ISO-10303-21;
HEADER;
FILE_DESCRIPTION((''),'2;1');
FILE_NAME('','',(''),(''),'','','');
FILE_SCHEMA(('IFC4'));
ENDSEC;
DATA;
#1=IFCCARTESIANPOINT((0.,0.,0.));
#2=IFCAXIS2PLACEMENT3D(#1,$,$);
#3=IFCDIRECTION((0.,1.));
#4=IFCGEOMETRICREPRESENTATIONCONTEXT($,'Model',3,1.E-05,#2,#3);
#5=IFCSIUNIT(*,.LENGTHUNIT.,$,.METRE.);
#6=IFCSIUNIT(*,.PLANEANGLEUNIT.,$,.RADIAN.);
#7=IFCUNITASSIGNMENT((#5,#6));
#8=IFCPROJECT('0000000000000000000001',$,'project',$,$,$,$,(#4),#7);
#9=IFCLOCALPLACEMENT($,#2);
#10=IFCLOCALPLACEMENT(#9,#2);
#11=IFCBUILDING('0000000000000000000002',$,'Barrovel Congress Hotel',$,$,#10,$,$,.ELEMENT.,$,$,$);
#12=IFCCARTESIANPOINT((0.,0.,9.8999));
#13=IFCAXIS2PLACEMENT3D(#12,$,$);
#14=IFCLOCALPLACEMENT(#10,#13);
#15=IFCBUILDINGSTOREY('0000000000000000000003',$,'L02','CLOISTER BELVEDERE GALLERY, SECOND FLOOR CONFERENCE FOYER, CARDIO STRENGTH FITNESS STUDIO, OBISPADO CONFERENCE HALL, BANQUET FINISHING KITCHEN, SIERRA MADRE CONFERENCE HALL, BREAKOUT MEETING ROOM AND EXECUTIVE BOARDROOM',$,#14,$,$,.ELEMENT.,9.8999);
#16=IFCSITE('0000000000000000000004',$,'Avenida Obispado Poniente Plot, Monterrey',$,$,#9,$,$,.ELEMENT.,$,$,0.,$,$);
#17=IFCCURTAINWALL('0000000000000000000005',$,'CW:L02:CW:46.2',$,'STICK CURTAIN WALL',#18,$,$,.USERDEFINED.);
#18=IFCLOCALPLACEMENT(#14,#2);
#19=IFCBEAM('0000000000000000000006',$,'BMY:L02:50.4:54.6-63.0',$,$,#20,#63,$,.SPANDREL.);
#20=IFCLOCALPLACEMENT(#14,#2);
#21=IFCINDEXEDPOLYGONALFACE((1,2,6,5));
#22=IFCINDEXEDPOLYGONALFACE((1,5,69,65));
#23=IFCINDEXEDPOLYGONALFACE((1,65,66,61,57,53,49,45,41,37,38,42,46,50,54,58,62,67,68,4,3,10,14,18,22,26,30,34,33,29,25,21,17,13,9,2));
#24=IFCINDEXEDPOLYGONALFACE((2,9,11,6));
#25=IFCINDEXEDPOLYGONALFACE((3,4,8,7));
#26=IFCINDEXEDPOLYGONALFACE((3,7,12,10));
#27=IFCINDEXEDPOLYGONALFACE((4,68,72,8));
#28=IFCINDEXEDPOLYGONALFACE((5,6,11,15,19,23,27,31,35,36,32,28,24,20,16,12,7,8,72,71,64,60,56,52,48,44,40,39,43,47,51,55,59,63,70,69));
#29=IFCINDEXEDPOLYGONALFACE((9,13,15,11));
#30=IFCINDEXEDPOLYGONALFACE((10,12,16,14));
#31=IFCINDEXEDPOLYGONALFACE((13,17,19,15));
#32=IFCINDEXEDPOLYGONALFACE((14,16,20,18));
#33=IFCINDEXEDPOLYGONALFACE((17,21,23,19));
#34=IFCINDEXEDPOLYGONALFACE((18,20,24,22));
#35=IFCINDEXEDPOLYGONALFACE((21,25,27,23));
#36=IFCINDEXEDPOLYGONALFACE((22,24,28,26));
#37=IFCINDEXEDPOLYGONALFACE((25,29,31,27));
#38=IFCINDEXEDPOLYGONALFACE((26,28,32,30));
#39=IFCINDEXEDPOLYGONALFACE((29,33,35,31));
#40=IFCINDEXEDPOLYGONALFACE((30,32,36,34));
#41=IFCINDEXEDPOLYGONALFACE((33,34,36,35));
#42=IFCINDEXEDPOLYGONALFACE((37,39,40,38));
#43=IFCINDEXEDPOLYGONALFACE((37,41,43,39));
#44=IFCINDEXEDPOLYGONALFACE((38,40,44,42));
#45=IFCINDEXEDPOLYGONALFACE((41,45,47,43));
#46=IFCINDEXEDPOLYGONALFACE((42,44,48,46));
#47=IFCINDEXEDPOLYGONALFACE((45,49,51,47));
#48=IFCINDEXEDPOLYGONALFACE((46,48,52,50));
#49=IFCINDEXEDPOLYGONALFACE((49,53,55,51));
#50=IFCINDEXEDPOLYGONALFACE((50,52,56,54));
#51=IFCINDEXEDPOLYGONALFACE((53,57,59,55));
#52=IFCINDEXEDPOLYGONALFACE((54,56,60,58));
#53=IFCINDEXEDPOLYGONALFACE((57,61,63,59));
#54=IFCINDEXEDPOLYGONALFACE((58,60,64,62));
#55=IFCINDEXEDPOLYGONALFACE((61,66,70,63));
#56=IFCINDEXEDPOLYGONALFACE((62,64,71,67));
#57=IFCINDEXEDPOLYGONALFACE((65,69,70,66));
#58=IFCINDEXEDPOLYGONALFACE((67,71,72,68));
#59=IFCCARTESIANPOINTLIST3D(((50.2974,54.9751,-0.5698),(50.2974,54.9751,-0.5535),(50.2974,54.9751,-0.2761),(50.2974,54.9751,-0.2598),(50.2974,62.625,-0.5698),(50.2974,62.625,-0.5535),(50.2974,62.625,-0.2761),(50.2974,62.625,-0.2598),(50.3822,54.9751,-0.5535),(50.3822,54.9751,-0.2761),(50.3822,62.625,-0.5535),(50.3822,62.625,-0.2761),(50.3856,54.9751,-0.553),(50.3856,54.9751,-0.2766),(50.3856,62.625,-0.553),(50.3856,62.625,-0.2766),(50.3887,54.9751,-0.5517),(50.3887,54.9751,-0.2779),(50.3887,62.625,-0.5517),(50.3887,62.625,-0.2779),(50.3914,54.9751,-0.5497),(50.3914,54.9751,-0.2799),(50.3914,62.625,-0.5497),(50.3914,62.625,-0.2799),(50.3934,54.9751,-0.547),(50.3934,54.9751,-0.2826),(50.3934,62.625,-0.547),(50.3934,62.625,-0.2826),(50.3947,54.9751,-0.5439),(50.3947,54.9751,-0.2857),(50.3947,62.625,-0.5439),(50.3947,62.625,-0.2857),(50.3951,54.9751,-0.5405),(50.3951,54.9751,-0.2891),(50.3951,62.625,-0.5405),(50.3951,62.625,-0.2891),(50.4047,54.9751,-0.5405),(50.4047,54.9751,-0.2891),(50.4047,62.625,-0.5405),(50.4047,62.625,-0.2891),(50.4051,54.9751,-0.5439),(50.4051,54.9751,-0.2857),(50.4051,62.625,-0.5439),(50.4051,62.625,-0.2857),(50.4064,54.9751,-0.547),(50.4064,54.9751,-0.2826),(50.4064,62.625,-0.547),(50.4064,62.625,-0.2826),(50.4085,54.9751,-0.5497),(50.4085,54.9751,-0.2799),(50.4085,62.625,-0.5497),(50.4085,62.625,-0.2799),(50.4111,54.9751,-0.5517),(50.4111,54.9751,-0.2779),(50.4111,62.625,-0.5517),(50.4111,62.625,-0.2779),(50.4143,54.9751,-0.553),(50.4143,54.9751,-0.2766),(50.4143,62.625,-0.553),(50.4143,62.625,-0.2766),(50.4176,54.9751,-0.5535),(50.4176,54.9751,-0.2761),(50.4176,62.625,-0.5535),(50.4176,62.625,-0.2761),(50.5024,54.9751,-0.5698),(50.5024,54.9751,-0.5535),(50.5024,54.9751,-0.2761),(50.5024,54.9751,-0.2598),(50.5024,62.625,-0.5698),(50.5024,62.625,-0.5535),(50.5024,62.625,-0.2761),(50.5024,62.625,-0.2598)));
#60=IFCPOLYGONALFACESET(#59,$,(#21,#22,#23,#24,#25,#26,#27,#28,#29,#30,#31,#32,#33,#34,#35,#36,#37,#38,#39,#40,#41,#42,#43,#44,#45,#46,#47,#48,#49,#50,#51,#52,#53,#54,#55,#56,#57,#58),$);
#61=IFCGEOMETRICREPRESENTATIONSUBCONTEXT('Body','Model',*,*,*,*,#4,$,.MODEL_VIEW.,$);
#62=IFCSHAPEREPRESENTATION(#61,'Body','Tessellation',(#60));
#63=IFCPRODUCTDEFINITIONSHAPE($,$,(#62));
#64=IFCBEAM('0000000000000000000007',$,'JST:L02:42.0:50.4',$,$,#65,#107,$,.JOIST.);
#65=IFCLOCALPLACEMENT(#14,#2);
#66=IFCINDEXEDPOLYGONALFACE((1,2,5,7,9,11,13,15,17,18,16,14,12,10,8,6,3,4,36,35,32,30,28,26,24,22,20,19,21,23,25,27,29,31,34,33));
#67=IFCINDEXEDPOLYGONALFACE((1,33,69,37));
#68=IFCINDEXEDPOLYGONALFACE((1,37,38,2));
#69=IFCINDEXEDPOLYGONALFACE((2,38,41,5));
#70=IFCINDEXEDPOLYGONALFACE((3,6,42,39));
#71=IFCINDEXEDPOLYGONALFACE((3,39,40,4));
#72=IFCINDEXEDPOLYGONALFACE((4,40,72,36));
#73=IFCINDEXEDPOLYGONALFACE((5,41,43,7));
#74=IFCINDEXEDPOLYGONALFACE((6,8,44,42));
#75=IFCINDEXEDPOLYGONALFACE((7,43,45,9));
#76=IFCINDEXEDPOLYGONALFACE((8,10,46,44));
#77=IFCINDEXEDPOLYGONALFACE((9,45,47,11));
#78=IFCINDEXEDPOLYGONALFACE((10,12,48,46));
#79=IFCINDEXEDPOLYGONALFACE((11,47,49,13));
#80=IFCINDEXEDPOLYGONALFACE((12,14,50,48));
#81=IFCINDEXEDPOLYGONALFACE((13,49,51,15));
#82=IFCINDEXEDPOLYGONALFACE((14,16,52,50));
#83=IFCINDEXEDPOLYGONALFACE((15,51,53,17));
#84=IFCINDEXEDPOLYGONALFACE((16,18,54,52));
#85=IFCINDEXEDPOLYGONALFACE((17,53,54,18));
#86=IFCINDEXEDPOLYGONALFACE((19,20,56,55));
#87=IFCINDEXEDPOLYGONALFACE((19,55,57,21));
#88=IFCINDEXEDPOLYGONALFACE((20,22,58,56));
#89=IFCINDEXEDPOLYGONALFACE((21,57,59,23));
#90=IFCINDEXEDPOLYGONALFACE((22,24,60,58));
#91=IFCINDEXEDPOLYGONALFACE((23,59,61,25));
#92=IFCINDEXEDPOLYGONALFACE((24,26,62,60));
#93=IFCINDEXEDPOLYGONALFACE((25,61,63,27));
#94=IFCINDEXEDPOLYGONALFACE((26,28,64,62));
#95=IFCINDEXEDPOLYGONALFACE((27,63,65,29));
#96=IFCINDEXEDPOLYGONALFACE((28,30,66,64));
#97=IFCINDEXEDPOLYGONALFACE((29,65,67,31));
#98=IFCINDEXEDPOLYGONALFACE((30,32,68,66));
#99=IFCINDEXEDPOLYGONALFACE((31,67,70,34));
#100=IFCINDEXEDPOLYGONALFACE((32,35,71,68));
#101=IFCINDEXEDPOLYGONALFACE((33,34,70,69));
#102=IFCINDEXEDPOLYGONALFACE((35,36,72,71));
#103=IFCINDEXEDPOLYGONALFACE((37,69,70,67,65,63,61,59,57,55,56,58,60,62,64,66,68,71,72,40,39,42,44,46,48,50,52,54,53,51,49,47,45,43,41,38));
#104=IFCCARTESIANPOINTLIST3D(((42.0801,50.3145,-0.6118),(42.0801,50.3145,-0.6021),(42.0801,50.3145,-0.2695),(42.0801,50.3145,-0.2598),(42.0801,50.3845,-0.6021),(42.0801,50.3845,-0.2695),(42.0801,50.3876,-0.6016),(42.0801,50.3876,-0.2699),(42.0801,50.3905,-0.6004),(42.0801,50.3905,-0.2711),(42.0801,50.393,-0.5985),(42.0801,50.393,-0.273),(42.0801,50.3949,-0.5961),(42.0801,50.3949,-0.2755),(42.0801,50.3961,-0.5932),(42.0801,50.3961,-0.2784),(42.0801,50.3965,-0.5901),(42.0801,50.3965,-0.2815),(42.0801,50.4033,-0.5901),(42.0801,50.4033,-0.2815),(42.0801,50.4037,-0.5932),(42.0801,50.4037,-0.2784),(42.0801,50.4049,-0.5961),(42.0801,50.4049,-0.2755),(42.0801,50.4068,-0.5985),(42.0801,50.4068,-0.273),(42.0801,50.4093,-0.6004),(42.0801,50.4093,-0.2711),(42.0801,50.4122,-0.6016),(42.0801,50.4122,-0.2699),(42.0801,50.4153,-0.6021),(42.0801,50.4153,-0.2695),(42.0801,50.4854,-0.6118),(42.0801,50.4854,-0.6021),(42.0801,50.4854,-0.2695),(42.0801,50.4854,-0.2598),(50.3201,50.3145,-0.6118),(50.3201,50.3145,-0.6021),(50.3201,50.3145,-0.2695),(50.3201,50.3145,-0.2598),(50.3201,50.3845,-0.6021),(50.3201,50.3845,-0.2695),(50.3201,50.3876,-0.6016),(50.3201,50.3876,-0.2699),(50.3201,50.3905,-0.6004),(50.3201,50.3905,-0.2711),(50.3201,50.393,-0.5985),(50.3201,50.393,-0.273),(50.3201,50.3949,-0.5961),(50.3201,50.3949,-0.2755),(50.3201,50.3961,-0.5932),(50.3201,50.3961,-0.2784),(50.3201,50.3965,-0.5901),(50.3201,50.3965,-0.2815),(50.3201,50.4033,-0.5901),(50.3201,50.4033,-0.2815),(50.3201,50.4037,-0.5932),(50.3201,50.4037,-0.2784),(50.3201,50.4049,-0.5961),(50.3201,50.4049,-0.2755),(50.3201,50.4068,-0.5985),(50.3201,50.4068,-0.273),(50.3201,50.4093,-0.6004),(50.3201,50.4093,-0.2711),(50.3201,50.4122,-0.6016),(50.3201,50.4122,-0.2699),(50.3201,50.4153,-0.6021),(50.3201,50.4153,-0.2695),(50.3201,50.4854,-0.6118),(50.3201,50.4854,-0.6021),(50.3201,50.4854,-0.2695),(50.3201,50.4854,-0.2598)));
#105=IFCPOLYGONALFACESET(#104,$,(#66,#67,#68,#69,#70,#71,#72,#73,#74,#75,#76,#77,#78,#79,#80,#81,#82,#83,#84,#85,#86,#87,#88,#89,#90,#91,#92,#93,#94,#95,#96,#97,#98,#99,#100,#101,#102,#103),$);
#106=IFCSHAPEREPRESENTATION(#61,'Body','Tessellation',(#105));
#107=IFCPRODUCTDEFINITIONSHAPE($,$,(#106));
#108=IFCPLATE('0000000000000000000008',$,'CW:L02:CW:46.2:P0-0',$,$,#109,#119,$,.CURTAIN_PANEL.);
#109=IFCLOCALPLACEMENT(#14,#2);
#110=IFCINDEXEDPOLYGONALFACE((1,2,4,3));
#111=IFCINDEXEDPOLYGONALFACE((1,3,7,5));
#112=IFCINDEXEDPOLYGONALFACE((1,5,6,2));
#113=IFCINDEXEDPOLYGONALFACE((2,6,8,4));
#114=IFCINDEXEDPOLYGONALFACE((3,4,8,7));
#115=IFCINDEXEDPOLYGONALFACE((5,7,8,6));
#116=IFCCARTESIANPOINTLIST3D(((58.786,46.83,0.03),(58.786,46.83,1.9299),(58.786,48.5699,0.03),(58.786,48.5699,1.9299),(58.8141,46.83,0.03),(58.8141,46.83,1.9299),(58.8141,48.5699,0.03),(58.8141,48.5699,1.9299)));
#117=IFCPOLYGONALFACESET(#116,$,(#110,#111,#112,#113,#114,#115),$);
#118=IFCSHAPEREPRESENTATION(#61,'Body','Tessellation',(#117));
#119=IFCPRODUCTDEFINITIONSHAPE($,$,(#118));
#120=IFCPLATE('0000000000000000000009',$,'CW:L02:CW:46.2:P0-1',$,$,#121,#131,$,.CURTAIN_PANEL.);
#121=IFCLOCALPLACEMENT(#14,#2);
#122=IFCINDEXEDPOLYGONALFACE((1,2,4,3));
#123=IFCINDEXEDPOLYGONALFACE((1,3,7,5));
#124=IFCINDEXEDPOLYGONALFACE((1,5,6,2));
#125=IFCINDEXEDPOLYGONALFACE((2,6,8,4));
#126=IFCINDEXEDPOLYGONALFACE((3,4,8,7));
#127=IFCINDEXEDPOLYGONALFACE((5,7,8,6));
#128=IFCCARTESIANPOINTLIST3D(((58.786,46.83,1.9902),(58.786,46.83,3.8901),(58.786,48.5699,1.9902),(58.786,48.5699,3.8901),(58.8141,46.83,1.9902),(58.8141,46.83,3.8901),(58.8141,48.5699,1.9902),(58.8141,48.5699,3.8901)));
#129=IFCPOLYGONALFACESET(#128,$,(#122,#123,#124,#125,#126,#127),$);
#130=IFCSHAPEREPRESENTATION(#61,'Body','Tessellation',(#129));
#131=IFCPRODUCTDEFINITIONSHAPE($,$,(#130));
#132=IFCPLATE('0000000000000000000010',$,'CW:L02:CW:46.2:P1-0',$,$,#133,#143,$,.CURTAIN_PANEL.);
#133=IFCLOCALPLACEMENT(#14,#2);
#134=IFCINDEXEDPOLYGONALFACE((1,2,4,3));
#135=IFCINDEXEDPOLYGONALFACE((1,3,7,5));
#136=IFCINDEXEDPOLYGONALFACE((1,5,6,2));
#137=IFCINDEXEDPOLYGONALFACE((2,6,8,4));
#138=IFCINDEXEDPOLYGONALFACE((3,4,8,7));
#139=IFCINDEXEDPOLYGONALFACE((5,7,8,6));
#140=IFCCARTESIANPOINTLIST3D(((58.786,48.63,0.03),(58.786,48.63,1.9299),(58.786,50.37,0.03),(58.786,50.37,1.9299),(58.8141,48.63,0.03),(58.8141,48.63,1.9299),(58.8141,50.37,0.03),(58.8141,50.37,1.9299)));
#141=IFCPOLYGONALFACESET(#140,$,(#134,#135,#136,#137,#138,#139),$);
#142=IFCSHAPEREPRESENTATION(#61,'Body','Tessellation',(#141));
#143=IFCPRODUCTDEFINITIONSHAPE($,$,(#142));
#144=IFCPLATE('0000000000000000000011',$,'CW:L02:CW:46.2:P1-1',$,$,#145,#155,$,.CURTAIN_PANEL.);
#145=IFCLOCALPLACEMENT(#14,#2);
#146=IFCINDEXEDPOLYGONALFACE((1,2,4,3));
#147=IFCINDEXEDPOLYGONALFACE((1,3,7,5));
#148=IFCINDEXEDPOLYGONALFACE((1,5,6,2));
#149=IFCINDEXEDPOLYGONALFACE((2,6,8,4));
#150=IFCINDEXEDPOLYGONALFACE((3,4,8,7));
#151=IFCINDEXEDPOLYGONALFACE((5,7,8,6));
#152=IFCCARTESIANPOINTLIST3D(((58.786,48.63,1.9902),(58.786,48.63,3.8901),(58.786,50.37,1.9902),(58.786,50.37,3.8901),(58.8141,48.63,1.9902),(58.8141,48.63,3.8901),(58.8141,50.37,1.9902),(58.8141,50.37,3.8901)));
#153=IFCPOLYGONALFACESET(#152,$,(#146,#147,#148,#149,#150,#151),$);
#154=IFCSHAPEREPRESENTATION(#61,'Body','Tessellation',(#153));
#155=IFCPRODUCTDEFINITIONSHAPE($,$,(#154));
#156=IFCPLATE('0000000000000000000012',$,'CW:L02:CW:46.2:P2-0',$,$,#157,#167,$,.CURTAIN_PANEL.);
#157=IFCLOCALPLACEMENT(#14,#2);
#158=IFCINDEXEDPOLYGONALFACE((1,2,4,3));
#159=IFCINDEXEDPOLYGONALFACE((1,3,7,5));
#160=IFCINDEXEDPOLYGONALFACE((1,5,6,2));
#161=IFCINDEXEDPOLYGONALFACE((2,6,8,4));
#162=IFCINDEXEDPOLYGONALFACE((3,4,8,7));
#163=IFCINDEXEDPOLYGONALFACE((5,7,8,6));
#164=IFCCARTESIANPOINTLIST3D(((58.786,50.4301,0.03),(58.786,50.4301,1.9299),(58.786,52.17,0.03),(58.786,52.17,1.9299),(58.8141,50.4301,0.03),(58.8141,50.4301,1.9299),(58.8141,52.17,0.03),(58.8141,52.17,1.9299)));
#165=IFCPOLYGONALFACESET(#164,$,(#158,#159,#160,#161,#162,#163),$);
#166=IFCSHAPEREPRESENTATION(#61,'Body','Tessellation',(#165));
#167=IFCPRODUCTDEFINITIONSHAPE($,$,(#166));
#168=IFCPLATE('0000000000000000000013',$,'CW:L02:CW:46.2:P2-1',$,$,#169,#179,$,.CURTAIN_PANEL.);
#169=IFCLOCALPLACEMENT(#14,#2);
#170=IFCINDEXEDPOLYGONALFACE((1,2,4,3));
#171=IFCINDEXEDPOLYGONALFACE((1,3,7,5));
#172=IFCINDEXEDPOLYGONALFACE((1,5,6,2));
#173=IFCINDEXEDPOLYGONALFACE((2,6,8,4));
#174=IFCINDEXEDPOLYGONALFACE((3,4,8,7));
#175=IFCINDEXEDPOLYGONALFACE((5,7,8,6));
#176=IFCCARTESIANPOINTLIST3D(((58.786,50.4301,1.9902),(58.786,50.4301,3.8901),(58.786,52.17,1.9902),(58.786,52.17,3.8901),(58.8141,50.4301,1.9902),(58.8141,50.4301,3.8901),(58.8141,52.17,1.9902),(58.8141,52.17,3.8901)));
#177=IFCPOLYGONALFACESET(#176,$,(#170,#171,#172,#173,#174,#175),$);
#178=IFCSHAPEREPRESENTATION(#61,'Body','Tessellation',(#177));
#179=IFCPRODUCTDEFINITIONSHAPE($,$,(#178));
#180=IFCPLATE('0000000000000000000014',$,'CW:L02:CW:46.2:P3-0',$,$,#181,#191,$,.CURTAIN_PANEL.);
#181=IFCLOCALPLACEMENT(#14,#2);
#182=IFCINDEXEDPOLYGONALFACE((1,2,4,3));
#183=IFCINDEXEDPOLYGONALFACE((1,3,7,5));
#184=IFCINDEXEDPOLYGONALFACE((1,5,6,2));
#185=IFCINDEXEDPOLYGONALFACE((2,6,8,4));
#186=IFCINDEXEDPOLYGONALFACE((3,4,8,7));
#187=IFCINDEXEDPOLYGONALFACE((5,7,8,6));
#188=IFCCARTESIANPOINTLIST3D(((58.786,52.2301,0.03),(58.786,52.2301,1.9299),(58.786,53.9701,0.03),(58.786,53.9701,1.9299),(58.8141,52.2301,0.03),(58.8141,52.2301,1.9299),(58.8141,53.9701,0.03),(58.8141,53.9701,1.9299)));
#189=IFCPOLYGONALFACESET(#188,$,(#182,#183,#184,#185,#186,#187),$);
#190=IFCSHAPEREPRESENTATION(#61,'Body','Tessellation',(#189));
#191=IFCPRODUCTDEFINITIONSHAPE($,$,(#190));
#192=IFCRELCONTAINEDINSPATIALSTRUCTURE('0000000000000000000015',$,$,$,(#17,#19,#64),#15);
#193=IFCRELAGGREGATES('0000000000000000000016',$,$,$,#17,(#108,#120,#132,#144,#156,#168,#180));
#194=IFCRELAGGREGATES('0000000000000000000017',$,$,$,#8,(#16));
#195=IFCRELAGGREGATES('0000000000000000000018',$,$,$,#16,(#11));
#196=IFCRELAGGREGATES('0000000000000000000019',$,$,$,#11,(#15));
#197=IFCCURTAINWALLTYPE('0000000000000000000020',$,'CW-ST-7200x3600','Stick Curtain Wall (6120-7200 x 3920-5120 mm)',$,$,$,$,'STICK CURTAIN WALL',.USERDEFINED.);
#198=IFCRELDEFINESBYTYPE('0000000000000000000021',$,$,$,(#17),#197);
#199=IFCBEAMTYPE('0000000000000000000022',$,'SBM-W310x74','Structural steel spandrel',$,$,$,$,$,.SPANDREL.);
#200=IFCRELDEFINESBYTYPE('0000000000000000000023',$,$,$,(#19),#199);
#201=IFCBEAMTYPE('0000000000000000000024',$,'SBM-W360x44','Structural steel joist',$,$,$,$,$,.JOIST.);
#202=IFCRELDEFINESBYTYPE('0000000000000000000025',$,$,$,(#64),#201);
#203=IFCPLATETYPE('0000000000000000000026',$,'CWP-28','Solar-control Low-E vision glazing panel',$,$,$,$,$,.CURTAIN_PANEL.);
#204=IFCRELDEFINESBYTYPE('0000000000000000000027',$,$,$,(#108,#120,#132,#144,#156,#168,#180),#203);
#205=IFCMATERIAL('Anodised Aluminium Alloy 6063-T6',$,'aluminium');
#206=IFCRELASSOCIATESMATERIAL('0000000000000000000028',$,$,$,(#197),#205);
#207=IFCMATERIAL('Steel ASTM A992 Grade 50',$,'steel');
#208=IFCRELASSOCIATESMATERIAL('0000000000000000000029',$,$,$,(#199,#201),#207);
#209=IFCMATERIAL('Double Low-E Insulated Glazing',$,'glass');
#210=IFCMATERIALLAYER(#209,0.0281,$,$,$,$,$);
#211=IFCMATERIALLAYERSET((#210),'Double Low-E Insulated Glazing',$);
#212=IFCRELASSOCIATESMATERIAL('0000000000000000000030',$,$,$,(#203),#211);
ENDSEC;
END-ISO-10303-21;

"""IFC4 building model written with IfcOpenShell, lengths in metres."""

from ifc_helpers import new_model, si_unit, direction, frame, origin, origin_2d, place, context, subcontext, project, spatial, rectangle, i_section, extrude, material, layer, layer_set, material_profile, profile_set, type_object, element, aggregate, save


model = new_model("IFC4")

# Units and contexts
model_context = context("Model", 3, precision=1e-05, world=origin(), true_north=direction((0.0, 1.0)))
body_context = subcontext(model_context, "Body", "Model", "MODEL_VIEW")
ifc_project = project(units=[si_unit("LENGTHUNIT", "METRE"), si_unit("PLANEANGLEUNIT", "RADIAN")], contexts=[model_context])

# Site, building, storey
site_placement = place(None, origin())
site = spatial("IfcSite", under=ifc_project, at=site_placement, Name="Avenida Obispado Poniente Plot, Monterrey", CompositionType="ELEMENT", RefElevation=0.0)
building_placement = place(site_placement, origin())
building = spatial("IfcBuilding", under=site, at=building_placement, Name="Barrovel Congress Hotel", CompositionType="ELEMENT")
storey_placement = place(building_placement, frame((0.0, 0.0, 9.8999)))
storey = spatial("IfcBuildingStorey", under=building, at=storey_placement, Name="L02", Description="CLOISTER BELVEDERE GALLERY, SECOND FLOOR CONFERENCE FOYER, CARDIO STRENGTH FITNESS STUDIO, OBISPADO CONFERENCE HALL, BANQUET FINISHING KITCHEN, SIERRA MADRE CONFERENCE HALL, BREAKOUT MEETING ROOM AND EXECUTIVE BOARDROOM", CompositionType="ELEMENT", Elevation=9.8999)

# Curtain wall
ifc_material_1 = material(Name="Anodised Aluminium Alloy 6063-T6", Category="aluminium")
curtain_wall_type = type_object("IfcCurtainWallType", Name="CW-ST-7200x3600", Description="Stick Curtain Wall (6120-7200 x 3920-5120 mm)", ElementType="STICK CURTAIN WALL", PredefinedType="USERDEFINED", material=ifc_material_1)
curtain_wall_placement = place(storey_placement, origin())
curtain_wall = element("IfcCurtainWall", 1, at=curtain_wall_placement, inside=storey, type_object=curtain_wall_type, Name="CW:L02:CW:46.2", ObjectType="STICK CURTAIN WALL", PredefinedType="USERDEFINED")

# Beams
ifc_material_2 = material(Name="Steel ASTM A992 Grade 50", Category="steel")
ifc_material_profile_1 = material_profile(ifc_material_2, i_section(OverallWidth=0.2051, OverallDepth=0.3101, WebThickness=0.0095, FlangeThickness=0.0164, FilletRadius=0.0129, at=origin_2d()), Name="W310x74")
ifc_profile_set_1 = profile_set([ifc_material_profile_1], Name="Steel ASTM A992 Grade 50")
beam_type_1 = type_object("IfcBeamType", Name="SBM-W310x74", Description="Structural steel spandrel", PredefinedType="SPANDREL", material=ifc_profile_set_1)
beam_1_placement = place(storey_placement, frame((50.3999, 54.9751, -0.4148), z_axis=(0.0, 1.0, 0.0), x_axis=(-1.0, 0.0, 0.0)))
element("IfcBeam", 2, at=beam_1_placement, inside=storey, type_object=beam_type_1, Name="BMY:L02:50.4:54.6-63.0", PredefinedType="SPANDREL", context=body_context, shape_type="SweptSolid", body=[
    extrude(i_section(OverallWidth=0.2051, OverallDepth=0.3101, WebThickness=0.0095, FlangeThickness=0.0164, FilletRadius=0.0129, at=origin_2d()), origin(), (0.0, 0.0, 1.0), 7.6499),
])
ifc_material_profile_2 = material_profile(ifc_material_2, i_section(OverallWidth=0.1709, OverallDepth=0.3521, WebThickness=0.0068, FlangeThickness=0.0098, FilletRadius=0.012, at=origin_2d()), Name="W360x44")
ifc_profile_set_2 = profile_set([ifc_material_profile_2], Name="Steel ASTM A992 Grade 50")
beam_type_2 = type_object("IfcBeamType", Name="SBM-W360x44", Description="Structural steel joist", PredefinedType="JOIST", material=ifc_profile_set_2)
beam_2_placement = place(storey_placement, frame((42.0801, 50.3999, -0.4358), z_axis=(1.0, 0.0, 0.0), x_axis=(0.0, 1.0, 0.0)))
element("IfcBeam", 3, at=beam_2_placement, inside=storey, type_object=beam_type_2, Name="JST:L02:42.0:50.4", PredefinedType="JOIST", context=body_context, shape_type="SweptSolid", body=[
    extrude(i_section(OverallWidth=0.1709, OverallDepth=0.3521, WebThickness=0.0068, FlangeThickness=0.0098, FilletRadius=0.012, at=origin_2d()), origin(), (0.0, 0.0, 1.0), 8.24),
])

# Plates
ifc_material_3 = material(Name="Double Low-E Insulated Glazing", Category="glass")
ifc_layer_1 = layer(ifc_material_3, 0.0281)
ifc_layer_set_1 = layer_set([ifc_layer_1], Name="Double Low-E Insulated Glazing")
plate_type = type_object("IfcPlateType", Name="CWP-28", Description="Solar-control Low-E vision glazing panel", PredefinedType="CURTAIN_PANEL", material=ifc_layer_set_1)
plate_1_placement = place(storey_placement, frame((58.8, 47.7, 0.03), z_axis=(0.0, 0.0, 1.0), x_axis=(0.0, 1.0, 0.0)))
plate_1 = element("IfcPlate", 4, at=plate_1_placement, type_object=plate_type, Name="CW:L02:CW:46.2:P0-0", PredefinedType="CURTAIN_PANEL", context=body_context, shape_type="SweptSolid", body=[
    extrude(rectangle(XDim=1.74, YDim=0.0281, at=origin_2d()), origin(), (0.0, 0.0, 1.0), 1.8999),
])
plate_2_placement = place(storey_placement, frame((58.8, 47.7, 1.9902), z_axis=(0.0, 0.0, 1.0), x_axis=(0.0, 1.0, 0.0)))
plate_2 = element("IfcPlate", 5, at=plate_2_placement, type_object=plate_type, Name="CW:L02:CW:46.2:P0-1", PredefinedType="CURTAIN_PANEL", context=body_context, shape_type="SweptSolid", body=[
    extrude(rectangle(XDim=1.74, YDim=0.0281, at=origin_2d()), origin(), (0.0, 0.0, 1.0), 1.8999),
])
plate_3_placement = place(storey_placement, frame((58.8, 49.5, 0.03), z_axis=(0.0, 0.0, 1.0), x_axis=(0.0, 1.0, 0.0)))
plate_3 = element("IfcPlate", 6, at=plate_3_placement, type_object=plate_type, Name="CW:L02:CW:46.2:P1-0", PredefinedType="CURTAIN_PANEL", context=body_context, shape_type="SweptSolid", body=[
    extrude(rectangle(XDim=1.74, YDim=0.0281, at=origin_2d()), origin(), (0.0, 0.0, 1.0), 1.8999),
])
plate_4_placement = place(storey_placement, frame((58.8, 49.5, 1.9902), z_axis=(0.0, 0.0, 1.0), x_axis=(0.0, 1.0, 0.0)))
plate_4 = element("IfcPlate", 7, at=plate_4_placement, type_object=plate_type, Name="CW:L02:CW:46.2:P1-1", PredefinedType="CURTAIN_PANEL", context=body_context, shape_type="SweptSolid", body=[
    extrude(rectangle(XDim=1.74, YDim=0.0281, at=origin_2d()), origin(), (0.0, 0.0, 1.0), 1.8999),
])
plate_5_placement = place(storey_placement, frame((58.8, 51.3, 0.03), z_axis=(0.0, 0.0, 1.0), x_axis=(0.0, 1.0, 0.0)))
plate_5 = element("IfcPlate", 8, at=plate_5_placement, type_object=plate_type, Name="CW:L02:CW:46.2:P2-0", PredefinedType="CURTAIN_PANEL", context=body_context, shape_type="SweptSolid", body=[
    extrude(rectangle(XDim=1.74, YDim=0.0281, at=origin_2d()), origin(), (0.0, 0.0, 1.0), 1.8999),
])
plate_6_placement = place(storey_placement, frame((58.8, 51.3, 1.9902), z_axis=(0.0, 0.0, 1.0), x_axis=(0.0, 1.0, 0.0)))
plate_6 = element("IfcPlate", 9, at=plate_6_placement, type_object=plate_type, Name="CW:L02:CW:46.2:P2-1", PredefinedType="CURTAIN_PANEL", context=body_context, shape_type="SweptSolid", body=[
    extrude(rectangle(XDim=1.74, YDim=0.0281, at=origin_2d()), origin(), (0.0, 0.0, 1.0), 1.8999),
])
plate_7_placement = place(storey_placement, frame((58.8, 53.1001, 0.03), z_axis=(0.0, 0.0, 1.0), x_axis=(0.0, 1.0, 0.0)))
plate_7 = element("IfcPlate", 10, at=plate_7_placement, type_object=plate_type, Name="CW:L02:CW:46.2:P3-0", PredefinedType="CURTAIN_PANEL", context=body_context, shape_type="SweptSolid", body=[
    extrude(rectangle(XDim=1.74, YDim=0.0281, at=origin_2d()), origin(), (0.0, 0.0, 1.0), 1.8999),
])
aggregate(curtain_wall, [plate_1, plate_2, plate_3, plate_4, plate_5, plate_6, plate_7])

save(model, "model.ifc")
